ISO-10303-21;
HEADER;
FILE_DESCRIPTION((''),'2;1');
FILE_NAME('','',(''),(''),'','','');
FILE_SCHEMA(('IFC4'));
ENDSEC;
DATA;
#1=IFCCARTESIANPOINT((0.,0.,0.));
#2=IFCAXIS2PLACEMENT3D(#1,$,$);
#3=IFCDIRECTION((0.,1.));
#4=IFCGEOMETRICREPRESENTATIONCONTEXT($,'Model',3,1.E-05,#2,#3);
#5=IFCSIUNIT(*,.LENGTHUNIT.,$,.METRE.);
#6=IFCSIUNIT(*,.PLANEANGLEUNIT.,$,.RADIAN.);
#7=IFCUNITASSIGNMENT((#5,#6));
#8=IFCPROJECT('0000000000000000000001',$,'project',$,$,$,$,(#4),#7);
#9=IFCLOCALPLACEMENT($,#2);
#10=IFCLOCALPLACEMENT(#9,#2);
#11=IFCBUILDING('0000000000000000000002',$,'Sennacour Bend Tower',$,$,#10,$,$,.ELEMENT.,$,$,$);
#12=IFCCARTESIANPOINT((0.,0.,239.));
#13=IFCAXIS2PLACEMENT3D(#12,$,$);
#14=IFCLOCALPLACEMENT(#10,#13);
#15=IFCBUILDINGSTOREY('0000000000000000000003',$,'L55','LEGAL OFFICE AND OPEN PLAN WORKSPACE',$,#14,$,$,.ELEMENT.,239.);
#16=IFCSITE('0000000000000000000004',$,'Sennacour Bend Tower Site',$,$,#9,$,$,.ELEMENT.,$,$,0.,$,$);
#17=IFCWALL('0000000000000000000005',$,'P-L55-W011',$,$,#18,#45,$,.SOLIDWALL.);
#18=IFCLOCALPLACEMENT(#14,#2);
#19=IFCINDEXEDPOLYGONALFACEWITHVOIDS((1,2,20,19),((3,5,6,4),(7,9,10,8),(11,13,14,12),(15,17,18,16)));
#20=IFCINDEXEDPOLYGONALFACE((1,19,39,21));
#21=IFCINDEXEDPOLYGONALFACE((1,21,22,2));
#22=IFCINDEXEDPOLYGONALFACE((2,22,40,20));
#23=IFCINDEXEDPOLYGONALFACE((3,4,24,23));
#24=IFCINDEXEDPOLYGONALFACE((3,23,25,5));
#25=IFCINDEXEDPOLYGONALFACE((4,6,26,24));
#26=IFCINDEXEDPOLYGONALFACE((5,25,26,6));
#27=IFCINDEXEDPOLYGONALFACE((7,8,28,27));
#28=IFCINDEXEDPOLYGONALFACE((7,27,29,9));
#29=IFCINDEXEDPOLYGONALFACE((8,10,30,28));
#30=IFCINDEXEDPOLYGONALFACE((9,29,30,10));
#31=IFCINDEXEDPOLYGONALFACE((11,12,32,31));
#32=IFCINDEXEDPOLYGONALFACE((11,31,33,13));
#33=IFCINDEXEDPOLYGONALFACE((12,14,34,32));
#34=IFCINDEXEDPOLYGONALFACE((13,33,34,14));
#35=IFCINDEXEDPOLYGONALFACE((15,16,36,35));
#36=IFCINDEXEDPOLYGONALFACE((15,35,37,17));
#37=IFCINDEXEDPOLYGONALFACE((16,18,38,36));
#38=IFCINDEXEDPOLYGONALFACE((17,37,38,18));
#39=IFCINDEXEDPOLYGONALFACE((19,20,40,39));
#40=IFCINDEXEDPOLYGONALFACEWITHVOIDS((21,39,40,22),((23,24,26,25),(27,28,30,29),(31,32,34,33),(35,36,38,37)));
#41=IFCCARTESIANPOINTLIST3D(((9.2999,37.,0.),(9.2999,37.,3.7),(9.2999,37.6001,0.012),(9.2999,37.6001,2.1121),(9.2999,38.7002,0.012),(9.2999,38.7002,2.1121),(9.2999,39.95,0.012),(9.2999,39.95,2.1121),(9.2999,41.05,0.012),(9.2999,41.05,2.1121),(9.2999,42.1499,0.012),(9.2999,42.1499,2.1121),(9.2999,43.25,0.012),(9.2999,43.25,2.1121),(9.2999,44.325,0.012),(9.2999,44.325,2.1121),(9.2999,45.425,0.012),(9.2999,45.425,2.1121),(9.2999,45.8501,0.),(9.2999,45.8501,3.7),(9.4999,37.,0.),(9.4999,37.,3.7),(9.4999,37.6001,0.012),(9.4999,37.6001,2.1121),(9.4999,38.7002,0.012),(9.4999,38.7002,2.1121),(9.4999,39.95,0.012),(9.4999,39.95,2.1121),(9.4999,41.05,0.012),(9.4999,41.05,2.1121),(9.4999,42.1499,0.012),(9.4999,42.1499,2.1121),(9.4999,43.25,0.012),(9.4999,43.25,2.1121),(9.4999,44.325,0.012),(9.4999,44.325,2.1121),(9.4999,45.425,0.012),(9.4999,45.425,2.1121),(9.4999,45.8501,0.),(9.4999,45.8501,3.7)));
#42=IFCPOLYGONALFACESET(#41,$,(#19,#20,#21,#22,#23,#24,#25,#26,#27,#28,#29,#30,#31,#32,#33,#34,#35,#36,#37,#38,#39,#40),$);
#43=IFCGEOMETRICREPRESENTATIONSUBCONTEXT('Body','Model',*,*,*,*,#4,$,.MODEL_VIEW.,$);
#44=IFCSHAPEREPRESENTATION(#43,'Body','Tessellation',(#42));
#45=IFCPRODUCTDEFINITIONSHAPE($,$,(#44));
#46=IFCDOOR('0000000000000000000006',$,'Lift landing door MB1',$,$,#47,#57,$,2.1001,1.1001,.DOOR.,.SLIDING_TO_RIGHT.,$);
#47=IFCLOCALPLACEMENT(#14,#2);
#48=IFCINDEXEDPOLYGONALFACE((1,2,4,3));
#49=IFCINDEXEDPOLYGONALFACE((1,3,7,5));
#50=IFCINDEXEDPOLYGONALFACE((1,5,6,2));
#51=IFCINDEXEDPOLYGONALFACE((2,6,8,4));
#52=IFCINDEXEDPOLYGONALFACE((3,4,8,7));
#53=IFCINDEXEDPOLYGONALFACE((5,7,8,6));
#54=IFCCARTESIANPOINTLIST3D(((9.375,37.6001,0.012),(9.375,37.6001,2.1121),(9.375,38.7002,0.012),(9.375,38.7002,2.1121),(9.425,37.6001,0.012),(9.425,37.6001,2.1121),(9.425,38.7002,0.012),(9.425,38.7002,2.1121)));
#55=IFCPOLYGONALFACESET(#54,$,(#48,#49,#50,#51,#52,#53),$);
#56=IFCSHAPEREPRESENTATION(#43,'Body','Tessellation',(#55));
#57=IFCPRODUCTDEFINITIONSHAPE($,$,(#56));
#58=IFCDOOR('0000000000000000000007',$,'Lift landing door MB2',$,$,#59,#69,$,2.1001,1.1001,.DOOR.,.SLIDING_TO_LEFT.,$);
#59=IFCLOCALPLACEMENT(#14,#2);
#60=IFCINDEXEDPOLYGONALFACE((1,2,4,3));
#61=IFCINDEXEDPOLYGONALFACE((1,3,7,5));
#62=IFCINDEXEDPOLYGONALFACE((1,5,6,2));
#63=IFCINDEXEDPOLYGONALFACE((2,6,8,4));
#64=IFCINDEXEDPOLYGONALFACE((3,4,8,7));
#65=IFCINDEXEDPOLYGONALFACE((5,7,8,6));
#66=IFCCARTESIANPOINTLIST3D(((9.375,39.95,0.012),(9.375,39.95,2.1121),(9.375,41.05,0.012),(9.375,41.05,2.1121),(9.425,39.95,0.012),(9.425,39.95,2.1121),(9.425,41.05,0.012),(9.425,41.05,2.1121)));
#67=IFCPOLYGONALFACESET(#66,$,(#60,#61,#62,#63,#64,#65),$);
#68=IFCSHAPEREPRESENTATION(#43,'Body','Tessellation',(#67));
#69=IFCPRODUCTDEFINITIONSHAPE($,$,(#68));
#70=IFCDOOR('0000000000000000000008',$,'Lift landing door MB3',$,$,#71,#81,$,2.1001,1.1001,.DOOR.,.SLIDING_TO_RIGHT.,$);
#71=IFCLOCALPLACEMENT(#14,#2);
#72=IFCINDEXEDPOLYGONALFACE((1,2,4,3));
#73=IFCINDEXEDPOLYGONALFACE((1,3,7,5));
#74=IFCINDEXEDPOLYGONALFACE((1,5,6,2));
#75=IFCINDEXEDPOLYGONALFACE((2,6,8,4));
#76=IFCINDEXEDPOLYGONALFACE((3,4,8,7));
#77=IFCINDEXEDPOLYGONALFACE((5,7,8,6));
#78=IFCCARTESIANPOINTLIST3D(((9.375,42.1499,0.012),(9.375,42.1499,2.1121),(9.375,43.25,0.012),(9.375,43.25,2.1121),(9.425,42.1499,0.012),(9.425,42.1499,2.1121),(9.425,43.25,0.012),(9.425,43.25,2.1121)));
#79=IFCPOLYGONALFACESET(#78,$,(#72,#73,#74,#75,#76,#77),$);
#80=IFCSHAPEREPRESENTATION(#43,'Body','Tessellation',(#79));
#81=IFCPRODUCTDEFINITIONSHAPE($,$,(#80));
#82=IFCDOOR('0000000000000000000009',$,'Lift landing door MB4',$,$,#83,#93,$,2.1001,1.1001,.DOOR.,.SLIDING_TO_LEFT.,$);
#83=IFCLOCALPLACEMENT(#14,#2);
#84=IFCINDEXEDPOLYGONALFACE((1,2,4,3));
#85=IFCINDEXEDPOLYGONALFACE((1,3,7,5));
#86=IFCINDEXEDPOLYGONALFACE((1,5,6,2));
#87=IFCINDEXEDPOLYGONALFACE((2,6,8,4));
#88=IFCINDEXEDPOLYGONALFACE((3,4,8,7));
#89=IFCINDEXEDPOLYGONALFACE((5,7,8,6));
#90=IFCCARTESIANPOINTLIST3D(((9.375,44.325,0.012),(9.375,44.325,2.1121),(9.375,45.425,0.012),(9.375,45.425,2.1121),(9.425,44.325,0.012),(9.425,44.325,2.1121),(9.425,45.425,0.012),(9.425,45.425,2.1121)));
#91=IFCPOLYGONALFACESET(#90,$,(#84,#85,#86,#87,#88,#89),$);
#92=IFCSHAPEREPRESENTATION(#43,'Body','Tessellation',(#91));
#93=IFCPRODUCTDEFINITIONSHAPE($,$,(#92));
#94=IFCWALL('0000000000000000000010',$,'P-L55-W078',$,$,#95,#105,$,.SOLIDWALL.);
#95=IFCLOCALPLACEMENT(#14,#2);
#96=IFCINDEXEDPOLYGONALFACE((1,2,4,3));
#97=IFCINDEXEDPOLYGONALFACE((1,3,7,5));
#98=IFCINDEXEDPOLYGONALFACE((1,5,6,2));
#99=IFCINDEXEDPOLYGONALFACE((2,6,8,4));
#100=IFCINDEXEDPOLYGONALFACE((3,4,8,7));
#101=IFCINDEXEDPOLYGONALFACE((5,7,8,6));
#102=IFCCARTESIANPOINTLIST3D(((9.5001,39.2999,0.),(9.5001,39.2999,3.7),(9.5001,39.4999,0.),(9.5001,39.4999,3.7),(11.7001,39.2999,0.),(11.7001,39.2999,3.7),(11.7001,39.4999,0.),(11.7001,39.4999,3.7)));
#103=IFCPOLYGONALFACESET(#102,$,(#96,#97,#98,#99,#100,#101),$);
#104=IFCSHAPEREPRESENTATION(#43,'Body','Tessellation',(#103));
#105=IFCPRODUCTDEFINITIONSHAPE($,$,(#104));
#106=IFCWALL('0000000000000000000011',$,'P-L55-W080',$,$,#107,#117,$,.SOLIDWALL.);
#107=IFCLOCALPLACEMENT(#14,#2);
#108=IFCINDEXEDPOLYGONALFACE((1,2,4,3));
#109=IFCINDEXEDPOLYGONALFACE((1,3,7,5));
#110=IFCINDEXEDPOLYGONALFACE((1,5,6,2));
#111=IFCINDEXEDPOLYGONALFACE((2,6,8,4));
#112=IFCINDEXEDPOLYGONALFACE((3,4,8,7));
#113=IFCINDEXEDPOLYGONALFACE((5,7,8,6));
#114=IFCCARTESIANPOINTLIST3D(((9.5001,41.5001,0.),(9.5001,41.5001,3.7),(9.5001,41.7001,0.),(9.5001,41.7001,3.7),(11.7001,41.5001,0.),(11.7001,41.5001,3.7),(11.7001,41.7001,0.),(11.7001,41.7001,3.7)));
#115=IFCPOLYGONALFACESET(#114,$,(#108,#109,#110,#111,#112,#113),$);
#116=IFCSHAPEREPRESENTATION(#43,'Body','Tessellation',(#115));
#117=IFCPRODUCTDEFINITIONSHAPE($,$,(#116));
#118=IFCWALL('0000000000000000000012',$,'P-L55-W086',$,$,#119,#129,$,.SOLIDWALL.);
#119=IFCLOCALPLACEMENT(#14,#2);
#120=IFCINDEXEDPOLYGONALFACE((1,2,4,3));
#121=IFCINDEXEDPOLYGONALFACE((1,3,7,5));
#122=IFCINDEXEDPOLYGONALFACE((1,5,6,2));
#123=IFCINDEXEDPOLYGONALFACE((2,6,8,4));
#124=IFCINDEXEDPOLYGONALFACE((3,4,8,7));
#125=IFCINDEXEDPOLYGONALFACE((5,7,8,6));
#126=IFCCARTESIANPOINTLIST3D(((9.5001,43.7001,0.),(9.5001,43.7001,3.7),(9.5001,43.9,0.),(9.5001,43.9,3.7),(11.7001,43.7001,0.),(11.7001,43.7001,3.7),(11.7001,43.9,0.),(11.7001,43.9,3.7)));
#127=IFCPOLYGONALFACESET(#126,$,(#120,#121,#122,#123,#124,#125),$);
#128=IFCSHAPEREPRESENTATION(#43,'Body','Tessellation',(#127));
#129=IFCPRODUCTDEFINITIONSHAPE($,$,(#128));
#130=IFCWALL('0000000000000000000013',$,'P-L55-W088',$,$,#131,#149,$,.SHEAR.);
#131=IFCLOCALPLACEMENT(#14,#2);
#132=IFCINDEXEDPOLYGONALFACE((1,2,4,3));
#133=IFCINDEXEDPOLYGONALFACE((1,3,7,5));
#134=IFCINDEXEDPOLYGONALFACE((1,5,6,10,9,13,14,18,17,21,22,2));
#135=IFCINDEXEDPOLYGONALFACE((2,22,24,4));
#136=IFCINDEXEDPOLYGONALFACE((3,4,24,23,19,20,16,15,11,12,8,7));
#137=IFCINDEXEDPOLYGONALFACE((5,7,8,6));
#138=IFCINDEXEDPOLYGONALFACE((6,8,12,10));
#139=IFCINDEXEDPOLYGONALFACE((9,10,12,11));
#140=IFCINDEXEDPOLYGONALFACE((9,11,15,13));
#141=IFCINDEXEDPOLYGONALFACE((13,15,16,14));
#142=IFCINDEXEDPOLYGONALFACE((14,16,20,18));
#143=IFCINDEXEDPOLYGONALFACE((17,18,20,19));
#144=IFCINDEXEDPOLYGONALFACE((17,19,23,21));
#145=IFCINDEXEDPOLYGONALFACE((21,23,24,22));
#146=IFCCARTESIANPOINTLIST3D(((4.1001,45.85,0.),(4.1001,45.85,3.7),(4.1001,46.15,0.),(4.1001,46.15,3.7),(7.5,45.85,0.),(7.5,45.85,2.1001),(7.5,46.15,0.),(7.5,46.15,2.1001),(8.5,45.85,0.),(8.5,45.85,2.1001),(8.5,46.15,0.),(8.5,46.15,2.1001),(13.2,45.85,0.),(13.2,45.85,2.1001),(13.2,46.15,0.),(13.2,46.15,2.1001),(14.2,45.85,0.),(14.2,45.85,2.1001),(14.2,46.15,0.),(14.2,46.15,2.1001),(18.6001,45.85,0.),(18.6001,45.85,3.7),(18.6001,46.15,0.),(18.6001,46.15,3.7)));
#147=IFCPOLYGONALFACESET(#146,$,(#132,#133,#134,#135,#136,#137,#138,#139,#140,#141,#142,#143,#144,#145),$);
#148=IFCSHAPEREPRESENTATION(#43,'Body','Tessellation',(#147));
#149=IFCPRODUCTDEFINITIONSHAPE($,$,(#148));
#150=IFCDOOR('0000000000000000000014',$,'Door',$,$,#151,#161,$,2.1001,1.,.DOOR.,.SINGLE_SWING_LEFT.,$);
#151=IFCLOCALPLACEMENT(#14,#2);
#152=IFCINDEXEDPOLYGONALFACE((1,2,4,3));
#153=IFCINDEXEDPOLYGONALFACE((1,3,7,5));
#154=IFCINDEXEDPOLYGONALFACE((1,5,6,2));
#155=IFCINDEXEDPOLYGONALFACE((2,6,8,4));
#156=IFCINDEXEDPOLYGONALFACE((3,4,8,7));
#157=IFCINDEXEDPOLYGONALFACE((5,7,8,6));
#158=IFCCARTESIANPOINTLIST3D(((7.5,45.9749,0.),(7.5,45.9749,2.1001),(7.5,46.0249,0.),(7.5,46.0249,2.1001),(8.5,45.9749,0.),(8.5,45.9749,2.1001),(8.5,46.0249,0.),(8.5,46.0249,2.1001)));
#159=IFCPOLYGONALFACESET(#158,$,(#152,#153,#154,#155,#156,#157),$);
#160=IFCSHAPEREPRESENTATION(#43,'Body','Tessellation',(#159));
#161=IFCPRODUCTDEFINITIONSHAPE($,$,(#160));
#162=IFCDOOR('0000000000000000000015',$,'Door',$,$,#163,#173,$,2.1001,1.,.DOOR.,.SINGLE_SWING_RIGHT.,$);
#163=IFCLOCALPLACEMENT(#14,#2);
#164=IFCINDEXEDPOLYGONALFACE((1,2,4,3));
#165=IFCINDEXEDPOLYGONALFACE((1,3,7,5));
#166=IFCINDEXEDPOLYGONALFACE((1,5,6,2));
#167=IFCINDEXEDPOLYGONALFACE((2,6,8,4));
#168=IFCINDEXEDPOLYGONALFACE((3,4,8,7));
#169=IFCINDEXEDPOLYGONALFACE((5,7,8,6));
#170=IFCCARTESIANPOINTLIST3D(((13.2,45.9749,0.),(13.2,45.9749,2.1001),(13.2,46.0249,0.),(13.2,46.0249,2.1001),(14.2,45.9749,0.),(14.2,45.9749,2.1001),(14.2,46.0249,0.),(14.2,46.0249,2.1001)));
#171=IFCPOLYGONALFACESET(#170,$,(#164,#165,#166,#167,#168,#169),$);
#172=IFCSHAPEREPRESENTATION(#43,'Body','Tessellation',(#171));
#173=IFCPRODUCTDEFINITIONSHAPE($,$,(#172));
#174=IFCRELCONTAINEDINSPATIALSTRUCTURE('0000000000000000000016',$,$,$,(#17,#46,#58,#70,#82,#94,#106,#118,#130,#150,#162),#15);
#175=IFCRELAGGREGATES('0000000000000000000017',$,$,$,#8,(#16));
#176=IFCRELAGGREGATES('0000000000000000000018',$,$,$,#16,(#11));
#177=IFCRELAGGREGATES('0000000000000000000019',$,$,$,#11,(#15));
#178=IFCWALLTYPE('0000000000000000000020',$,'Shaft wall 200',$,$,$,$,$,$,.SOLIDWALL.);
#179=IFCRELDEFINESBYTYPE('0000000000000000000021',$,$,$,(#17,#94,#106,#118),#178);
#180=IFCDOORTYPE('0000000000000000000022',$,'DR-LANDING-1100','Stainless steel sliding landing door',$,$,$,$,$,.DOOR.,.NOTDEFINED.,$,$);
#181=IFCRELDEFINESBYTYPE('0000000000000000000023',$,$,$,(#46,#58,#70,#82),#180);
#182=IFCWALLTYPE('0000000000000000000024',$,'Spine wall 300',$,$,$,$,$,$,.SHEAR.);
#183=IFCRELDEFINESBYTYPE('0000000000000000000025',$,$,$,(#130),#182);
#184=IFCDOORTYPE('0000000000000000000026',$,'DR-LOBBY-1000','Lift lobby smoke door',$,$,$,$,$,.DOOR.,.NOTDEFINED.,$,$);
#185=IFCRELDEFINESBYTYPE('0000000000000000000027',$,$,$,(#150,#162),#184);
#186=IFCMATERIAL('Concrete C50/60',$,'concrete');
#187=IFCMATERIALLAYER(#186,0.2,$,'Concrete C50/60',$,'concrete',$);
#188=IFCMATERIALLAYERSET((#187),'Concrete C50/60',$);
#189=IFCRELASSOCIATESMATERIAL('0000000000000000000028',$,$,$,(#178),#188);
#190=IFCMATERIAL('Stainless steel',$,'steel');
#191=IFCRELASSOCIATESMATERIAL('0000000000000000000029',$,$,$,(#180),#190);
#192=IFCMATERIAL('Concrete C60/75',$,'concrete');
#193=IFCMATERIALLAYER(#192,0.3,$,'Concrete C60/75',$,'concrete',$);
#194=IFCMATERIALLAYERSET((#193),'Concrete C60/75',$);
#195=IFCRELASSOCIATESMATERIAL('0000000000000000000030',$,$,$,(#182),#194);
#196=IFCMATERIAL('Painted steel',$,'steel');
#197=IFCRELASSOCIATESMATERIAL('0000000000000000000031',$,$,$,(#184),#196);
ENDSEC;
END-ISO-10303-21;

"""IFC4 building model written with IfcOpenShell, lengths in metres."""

from ifc_helpers import new_model, si_unit, direction, frame, frame_2d, origin, place, context, subcontext, project, spatial, rectangle, extrude, material, layer, layer_set, type_object, element, fill, save


model = new_model("IFC4")

# Units and contexts
model_context = context("Model", 3, precision=1e-05, world=origin(), true_north=direction((0.0, 1.0)))
body_context = subcontext(model_context, "Body", "Model", "MODEL_VIEW")
ifc_project = project(units=[si_unit("LENGTHUNIT", "METRE"), si_unit("PLANEANGLEUNIT", "RADIAN")], contexts=[model_context])

# Site, building, storey
site_placement = place(None, origin())
site = spatial("IfcSite", under=ifc_project, at=site_placement, Name="Sennacour Bend Tower Site", CompositionType="ELEMENT", RefElevation=0.0)
building_placement = place(site_placement, origin())
building = spatial("IfcBuilding", under=site, at=building_placement, Name="Sennacour Bend Tower", CompositionType="ELEMENT")
storey_placement = place(building_placement, frame((0.0, 0.0, 239.0)))
storey = spatial("IfcBuildingStorey", under=building, at=storey_placement, Name="L55", Description="LEGAL OFFICE AND OPEN PLAN WORKSPACE", CompositionType="ELEMENT", Elevation=239.0)

# Shared definitions
ifc_material_1 = material(Name="Concrete C60/75", Category="concrete")

# Shared definitions
ifc_material_2 = material(Name="Painted steel", Category="steel")

# Wall, openings, doors
ifc_material_3 = material(Name="Concrete C50/60", Category="concrete")
ifc_layer_1 = layer(ifc_material_3, 0.2, Name="Concrete C50/60", Category="concrete")
ifc_layer_set_1 = layer_set([ifc_layer_1], Name="Concrete C50/60")
wall_type_1 = type_object("IfcWallType", Name="Shaft wall 200", PredefinedType="SOLIDWALL", material=ifc_layer_set_1)
wall_1_placement = place(storey_placement, frame((9.3999, 37.0, 0.0), z_axis=(0.0, 0.0, 1.0), x_axis=(0.0, 1.0, 0.0)))
wall_1 = element("IfcWall", 1, at=wall_1_placement, inside=storey, type_object=wall_type_1, Name="P-L55-W011", PredefinedType="SOLIDWALL", context=body_context, shape_type="SweptSolid", body=[
    extrude(rectangle(XDim=8.8501, YDim=0.2, at=frame_2d((4.425, 0.0))), origin(), (0.0, 0.0, 1.0), 3.7),
])
opening_1_placement = place(wall_1_placement, frame((0.6001, 0.0, 0.012)))
opening_1 = element("IfcOpeningElement", 2, at=opening_1_placement, cuts=wall_1, PredefinedType="OPENING", context=body_context, shape_type="SweptSolid", body=[
    extrude(rectangle(XDim=1.1001, YDim=2.1001, at=frame_2d((0.55, 1.05))), frame((0.0, 0.1099, 0.0), z_axis=(0.0, -1.0, 0.0), x_axis=(1.0, 0.0, 0.0)), (0.0, 0.0, 1.0), 0.22),
])
opening_2_placement = place(wall_1_placement, frame((2.95, 0.0, 0.012)))
opening_2 = element("IfcOpeningElement", 3, at=opening_2_placement, cuts=wall_1, PredefinedType="OPENING", context=body_context, shape_type="SweptSolid", body=[
    extrude(rectangle(XDim=1.1001, YDim=2.1001, at=frame_2d((0.55, 1.05))), frame((0.0, 0.1099, 0.0), z_axis=(0.0, -1.0, 0.0), x_axis=(1.0, 0.0, 0.0)), (0.0, 0.0, 1.0), 0.22),
])
opening_3_placement = place(wall_1_placement, frame((5.1499, 0.0, 0.012)))
opening_3 = element("IfcOpeningElement", 4, at=opening_3_placement, cuts=wall_1, PredefinedType="OPENING", context=body_context, shape_type="SweptSolid", body=[
    extrude(rectangle(XDim=1.1001, YDim=2.1001, at=frame_2d((0.55, 1.05))), frame((0.0, 0.1099, 0.0), z_axis=(0.0, -1.0, 0.0), x_axis=(1.0, 0.0, 0.0)), (0.0, 0.0, 1.0), 0.22),
])
opening_4_placement = place(wall_1_placement, frame((7.325, 0.0, 0.012)))
opening_4 = element("IfcOpeningElement", 5, at=opening_4_placement, cuts=wall_1, PredefinedType="OPENING", context=body_context, shape_type="SweptSolid", body=[
    extrude(rectangle(XDim=1.1001, YDim=2.1001, at=frame_2d((0.55, 1.05))), frame((0.0, 0.1099, 0.0), z_axis=(0.0, -1.0, 0.0), x_axis=(1.0, 0.0, 0.0)), (0.0, 0.0, 1.0), 0.22),
])
ifc_material_4 = material(Name="Stainless steel", Category="steel")
door_type_1 = type_object("IfcDoorType", Name="DR-LANDING-1100", Description="Stainless steel sliding landing door", OperationType="NOTDEFINED", PredefinedType="DOOR", material=ifc_material_4)
door_1_placement = place(opening_1_placement, origin())
door_1 = element("IfcDoor", 6, at=door_1_placement, inside=storey, type_object=door_type_1, Name="Lift landing door MB1", OperationType="SLIDING_TO_RIGHT", OverallHeight=2.1001, OverallWidth=1.1001, PredefinedType="DOOR", context=body_context, shape_type="SweptSolid", body=[
    extrude(rectangle(XDim=1.1001, YDim=2.1001, at=frame_2d((0.55, 1.05))), frame((0.0, 0.0249, 0.0), z_axis=(0.0, -1.0, 0.0), x_axis=(1.0, 0.0, 0.0)), (0.0, 0.0, 1.0), 0.05),
])
fill(opening_1, door_1)
door_2_placement = place(opening_2_placement, origin())
door_2 = element("IfcDoor", 7, at=door_2_placement, inside=storey, type_object=door_type_1, Name="Lift landing door MB2", OperationType="SLIDING_TO_LEFT", OverallHeight=2.1001, OverallWidth=1.1001, PredefinedType="DOOR", context=body_context, shape_type="SweptSolid", body=[
    extrude(rectangle(XDim=1.1001, YDim=2.1001, at=frame_2d((0.55, 1.05))), frame((0.0, 0.0249, 0.0), z_axis=(0.0, -1.0, 0.0), x_axis=(1.0, 0.0, 0.0)), (0.0, 0.0, 1.0), 0.05),
])
fill(opening_2, door_2)
door_3_placement = place(opening_3_placement, origin())
door_3 = element("IfcDoor", 8, at=door_3_placement, inside=storey, type_object=door_type_1, Name="Lift landing door MB3", OperationType="SLIDING_TO_RIGHT", OverallHeight=2.1001, OverallWidth=1.1001, PredefinedType="DOOR", context=body_context, shape_type="SweptSolid", body=[
    extrude(rectangle(XDim=1.1001, YDim=2.1001, at=frame_2d((0.55, 1.05))), frame((0.0, 0.0249, 0.0), z_axis=(0.0, -1.0, 0.0), x_axis=(1.0, 0.0, 0.0)), (0.0, 0.0, 1.0), 0.05),
])
fill(opening_3, door_3)
door_4_placement = place(opening_4_placement, origin())
door_4 = element("IfcDoor", 9, at=door_4_placement, inside=storey, type_object=door_type_1, Name="Lift landing door MB4", OperationType="SLIDING_TO_LEFT", OverallHeight=2.1001, OverallWidth=1.1001, PredefinedType="DOOR", context=body_context, shape_type="SweptSolid", body=[
    extrude(rectangle(XDim=1.1001, YDim=2.1001, at=frame_2d((0.55, 1.05))), frame((0.0, 0.0249, 0.0), z_axis=(0.0, -1.0, 0.0), x_axis=(1.0, 0.0, 0.0)), (0.0, 0.0, 1.0), 0.05),
])
fill(opening_4, door_4)

# Walls
for number, where, z_axis, x_axis, name in (
    (10, (9.5, 39.3999, 0.0), (0.0, 0.0, 1.0), (1.0, 0.0, 0.0), "P-L55-W078"),
    (11, (9.5, 41.6001, 0.0), (0.0, 0.0, 1.0), (1.0, 0.0, 0.0), "P-L55-W080"),
    (12, (9.5, 43.8, 0.0), (0.0, 0.0, 1.0), (1.0, 0.0, 0.0), "P-L55-W086"),
):
    element("IfcWall", number, at=place(storey_placement, frame(where, z_axis=z_axis, x_axis=x_axis)), inside=storey, type_object=wall_type_1, Name=name, PredefinedType="SOLIDWALL", context=body_context, shape_type="SweptSolid", body=[
        extrude(rectangle(XDim=2.2, YDim=0.2, at=frame_2d((1.1001, 0.0))), origin(), (0.0, 0.0, 1.0), 3.7),
    ])

# Wall, openings, doors
ifc_layer_2 = layer(ifc_material_1, 0.3, Name="Concrete C60/75", Category="concrete")
ifc_layer_set_2 = layer_set([ifc_layer_2], Name="Concrete C60/75")
wall_type_2 = type_object("IfcWallType", Name="Spine wall 300", PredefinedType="SHEAR", material=ifc_layer_set_2)
wall_2_placement = place(storey_placement, frame((4.1001, 46.0, 0.0), z_axis=(0.0, 0.0, 1.0), x_axis=(1.0, 0.0, 0.0)))
wall_2 = element("IfcWall", 13, at=wall_2_placement, inside=storey, type_object=wall_type_2, Name="P-L55-W088", PredefinedType="SHEAR", context=body_context, shape_type="SweptSolid", body=[
    extrude(rectangle(XDim=14.5, YDim=0.3, at=frame_2d((7.25, 0.0))), origin(), (0.0, 0.0, 1.0), 3.7),
])
opening_5_placement = place(wall_2_placement, frame((3.3999, 0.0, 0.0)))
opening_5 = element("IfcOpeningElement", 14, at=opening_5_placement, cuts=wall_2, PredefinedType="OPENING", context=body_context, shape_type="SweptSolid", body=[
    extrude(rectangle(XDim=1.0, YDim=2.1001, at=frame_2d((0.5, 1.05))), frame((0.0, 0.1602, 0.0), z_axis=(0.0, -1.0, 0.0), x_axis=(1.0, 0.0, 0.0)), (0.0, 0.0, 1.0), 0.3201),
])
opening_6_placement = place(wall_2_placement, frame((9.0999, 0.0, 0.0)))
opening_6 = element("IfcOpeningElement", 15, at=opening_6_placement, cuts=wall_2, PredefinedType="OPENING", context=body_context, shape_type="SweptSolid", body=[
    extrude(rectangle(XDim=1.0, YDim=2.1001, at=frame_2d((0.5, 1.05))), frame((0.0, 0.1602, 0.0), z_axis=(0.0, -1.0, 0.0), x_axis=(1.0, 0.0, 0.0)), (0.0, 0.0, 1.0), 0.3201),
])
door_type_2 = type_object("IfcDoorType", Name="DR-LOBBY-1000", Description="Lift lobby smoke door", OperationType="NOTDEFINED", PredefinedType="DOOR", material=ifc_material_2)
door_5_placement = place(opening_5_placement, origin())
door_5 = element("IfcDoor", 16, at=door_5_placement, inside=storey, type_object=door_type_2, Name="Door", OperationType="SINGLE_SWING_LEFT", OverallHeight=2.1001, OverallWidth=1.0, PredefinedType="DOOR", context=body_context, shape_type="SweptSolid", body=[
    extrude(rectangle(XDim=1.0, YDim=2.1001, at=frame_2d((0.5, 1.05))), frame((0.0, 0.0249, 0.0), z_axis=(0.0, -1.0, 0.0), x_axis=(1.0, 0.0, 0.0)), (0.0, 0.0, 1.0), 0.05),
])
fill(opening_5, door_5)
door_6_placement = place(opening_6_placement, origin())
door_6 = element("IfcDoor", 17, at=door_6_placement, inside=storey, type_object=door_type_2, Name="Door", OperationType="SINGLE_SWING_RIGHT", OverallHeight=2.1001, OverallWidth=1.0, PredefinedType="DOOR", context=body_context, shape_type="SweptSolid", body=[
    extrude(rectangle(XDim=1.0, YDim=2.1001, at=frame_2d((0.5, 1.05))), frame((0.0, 0.0249, 0.0), z_axis=(0.0, -1.0, 0.0), x_axis=(1.0, 0.0, 0.0)), (0.0, 0.0, 1.0), 0.05),
])
fill(opening_6, door_6)

save(model, "model.ifc")
